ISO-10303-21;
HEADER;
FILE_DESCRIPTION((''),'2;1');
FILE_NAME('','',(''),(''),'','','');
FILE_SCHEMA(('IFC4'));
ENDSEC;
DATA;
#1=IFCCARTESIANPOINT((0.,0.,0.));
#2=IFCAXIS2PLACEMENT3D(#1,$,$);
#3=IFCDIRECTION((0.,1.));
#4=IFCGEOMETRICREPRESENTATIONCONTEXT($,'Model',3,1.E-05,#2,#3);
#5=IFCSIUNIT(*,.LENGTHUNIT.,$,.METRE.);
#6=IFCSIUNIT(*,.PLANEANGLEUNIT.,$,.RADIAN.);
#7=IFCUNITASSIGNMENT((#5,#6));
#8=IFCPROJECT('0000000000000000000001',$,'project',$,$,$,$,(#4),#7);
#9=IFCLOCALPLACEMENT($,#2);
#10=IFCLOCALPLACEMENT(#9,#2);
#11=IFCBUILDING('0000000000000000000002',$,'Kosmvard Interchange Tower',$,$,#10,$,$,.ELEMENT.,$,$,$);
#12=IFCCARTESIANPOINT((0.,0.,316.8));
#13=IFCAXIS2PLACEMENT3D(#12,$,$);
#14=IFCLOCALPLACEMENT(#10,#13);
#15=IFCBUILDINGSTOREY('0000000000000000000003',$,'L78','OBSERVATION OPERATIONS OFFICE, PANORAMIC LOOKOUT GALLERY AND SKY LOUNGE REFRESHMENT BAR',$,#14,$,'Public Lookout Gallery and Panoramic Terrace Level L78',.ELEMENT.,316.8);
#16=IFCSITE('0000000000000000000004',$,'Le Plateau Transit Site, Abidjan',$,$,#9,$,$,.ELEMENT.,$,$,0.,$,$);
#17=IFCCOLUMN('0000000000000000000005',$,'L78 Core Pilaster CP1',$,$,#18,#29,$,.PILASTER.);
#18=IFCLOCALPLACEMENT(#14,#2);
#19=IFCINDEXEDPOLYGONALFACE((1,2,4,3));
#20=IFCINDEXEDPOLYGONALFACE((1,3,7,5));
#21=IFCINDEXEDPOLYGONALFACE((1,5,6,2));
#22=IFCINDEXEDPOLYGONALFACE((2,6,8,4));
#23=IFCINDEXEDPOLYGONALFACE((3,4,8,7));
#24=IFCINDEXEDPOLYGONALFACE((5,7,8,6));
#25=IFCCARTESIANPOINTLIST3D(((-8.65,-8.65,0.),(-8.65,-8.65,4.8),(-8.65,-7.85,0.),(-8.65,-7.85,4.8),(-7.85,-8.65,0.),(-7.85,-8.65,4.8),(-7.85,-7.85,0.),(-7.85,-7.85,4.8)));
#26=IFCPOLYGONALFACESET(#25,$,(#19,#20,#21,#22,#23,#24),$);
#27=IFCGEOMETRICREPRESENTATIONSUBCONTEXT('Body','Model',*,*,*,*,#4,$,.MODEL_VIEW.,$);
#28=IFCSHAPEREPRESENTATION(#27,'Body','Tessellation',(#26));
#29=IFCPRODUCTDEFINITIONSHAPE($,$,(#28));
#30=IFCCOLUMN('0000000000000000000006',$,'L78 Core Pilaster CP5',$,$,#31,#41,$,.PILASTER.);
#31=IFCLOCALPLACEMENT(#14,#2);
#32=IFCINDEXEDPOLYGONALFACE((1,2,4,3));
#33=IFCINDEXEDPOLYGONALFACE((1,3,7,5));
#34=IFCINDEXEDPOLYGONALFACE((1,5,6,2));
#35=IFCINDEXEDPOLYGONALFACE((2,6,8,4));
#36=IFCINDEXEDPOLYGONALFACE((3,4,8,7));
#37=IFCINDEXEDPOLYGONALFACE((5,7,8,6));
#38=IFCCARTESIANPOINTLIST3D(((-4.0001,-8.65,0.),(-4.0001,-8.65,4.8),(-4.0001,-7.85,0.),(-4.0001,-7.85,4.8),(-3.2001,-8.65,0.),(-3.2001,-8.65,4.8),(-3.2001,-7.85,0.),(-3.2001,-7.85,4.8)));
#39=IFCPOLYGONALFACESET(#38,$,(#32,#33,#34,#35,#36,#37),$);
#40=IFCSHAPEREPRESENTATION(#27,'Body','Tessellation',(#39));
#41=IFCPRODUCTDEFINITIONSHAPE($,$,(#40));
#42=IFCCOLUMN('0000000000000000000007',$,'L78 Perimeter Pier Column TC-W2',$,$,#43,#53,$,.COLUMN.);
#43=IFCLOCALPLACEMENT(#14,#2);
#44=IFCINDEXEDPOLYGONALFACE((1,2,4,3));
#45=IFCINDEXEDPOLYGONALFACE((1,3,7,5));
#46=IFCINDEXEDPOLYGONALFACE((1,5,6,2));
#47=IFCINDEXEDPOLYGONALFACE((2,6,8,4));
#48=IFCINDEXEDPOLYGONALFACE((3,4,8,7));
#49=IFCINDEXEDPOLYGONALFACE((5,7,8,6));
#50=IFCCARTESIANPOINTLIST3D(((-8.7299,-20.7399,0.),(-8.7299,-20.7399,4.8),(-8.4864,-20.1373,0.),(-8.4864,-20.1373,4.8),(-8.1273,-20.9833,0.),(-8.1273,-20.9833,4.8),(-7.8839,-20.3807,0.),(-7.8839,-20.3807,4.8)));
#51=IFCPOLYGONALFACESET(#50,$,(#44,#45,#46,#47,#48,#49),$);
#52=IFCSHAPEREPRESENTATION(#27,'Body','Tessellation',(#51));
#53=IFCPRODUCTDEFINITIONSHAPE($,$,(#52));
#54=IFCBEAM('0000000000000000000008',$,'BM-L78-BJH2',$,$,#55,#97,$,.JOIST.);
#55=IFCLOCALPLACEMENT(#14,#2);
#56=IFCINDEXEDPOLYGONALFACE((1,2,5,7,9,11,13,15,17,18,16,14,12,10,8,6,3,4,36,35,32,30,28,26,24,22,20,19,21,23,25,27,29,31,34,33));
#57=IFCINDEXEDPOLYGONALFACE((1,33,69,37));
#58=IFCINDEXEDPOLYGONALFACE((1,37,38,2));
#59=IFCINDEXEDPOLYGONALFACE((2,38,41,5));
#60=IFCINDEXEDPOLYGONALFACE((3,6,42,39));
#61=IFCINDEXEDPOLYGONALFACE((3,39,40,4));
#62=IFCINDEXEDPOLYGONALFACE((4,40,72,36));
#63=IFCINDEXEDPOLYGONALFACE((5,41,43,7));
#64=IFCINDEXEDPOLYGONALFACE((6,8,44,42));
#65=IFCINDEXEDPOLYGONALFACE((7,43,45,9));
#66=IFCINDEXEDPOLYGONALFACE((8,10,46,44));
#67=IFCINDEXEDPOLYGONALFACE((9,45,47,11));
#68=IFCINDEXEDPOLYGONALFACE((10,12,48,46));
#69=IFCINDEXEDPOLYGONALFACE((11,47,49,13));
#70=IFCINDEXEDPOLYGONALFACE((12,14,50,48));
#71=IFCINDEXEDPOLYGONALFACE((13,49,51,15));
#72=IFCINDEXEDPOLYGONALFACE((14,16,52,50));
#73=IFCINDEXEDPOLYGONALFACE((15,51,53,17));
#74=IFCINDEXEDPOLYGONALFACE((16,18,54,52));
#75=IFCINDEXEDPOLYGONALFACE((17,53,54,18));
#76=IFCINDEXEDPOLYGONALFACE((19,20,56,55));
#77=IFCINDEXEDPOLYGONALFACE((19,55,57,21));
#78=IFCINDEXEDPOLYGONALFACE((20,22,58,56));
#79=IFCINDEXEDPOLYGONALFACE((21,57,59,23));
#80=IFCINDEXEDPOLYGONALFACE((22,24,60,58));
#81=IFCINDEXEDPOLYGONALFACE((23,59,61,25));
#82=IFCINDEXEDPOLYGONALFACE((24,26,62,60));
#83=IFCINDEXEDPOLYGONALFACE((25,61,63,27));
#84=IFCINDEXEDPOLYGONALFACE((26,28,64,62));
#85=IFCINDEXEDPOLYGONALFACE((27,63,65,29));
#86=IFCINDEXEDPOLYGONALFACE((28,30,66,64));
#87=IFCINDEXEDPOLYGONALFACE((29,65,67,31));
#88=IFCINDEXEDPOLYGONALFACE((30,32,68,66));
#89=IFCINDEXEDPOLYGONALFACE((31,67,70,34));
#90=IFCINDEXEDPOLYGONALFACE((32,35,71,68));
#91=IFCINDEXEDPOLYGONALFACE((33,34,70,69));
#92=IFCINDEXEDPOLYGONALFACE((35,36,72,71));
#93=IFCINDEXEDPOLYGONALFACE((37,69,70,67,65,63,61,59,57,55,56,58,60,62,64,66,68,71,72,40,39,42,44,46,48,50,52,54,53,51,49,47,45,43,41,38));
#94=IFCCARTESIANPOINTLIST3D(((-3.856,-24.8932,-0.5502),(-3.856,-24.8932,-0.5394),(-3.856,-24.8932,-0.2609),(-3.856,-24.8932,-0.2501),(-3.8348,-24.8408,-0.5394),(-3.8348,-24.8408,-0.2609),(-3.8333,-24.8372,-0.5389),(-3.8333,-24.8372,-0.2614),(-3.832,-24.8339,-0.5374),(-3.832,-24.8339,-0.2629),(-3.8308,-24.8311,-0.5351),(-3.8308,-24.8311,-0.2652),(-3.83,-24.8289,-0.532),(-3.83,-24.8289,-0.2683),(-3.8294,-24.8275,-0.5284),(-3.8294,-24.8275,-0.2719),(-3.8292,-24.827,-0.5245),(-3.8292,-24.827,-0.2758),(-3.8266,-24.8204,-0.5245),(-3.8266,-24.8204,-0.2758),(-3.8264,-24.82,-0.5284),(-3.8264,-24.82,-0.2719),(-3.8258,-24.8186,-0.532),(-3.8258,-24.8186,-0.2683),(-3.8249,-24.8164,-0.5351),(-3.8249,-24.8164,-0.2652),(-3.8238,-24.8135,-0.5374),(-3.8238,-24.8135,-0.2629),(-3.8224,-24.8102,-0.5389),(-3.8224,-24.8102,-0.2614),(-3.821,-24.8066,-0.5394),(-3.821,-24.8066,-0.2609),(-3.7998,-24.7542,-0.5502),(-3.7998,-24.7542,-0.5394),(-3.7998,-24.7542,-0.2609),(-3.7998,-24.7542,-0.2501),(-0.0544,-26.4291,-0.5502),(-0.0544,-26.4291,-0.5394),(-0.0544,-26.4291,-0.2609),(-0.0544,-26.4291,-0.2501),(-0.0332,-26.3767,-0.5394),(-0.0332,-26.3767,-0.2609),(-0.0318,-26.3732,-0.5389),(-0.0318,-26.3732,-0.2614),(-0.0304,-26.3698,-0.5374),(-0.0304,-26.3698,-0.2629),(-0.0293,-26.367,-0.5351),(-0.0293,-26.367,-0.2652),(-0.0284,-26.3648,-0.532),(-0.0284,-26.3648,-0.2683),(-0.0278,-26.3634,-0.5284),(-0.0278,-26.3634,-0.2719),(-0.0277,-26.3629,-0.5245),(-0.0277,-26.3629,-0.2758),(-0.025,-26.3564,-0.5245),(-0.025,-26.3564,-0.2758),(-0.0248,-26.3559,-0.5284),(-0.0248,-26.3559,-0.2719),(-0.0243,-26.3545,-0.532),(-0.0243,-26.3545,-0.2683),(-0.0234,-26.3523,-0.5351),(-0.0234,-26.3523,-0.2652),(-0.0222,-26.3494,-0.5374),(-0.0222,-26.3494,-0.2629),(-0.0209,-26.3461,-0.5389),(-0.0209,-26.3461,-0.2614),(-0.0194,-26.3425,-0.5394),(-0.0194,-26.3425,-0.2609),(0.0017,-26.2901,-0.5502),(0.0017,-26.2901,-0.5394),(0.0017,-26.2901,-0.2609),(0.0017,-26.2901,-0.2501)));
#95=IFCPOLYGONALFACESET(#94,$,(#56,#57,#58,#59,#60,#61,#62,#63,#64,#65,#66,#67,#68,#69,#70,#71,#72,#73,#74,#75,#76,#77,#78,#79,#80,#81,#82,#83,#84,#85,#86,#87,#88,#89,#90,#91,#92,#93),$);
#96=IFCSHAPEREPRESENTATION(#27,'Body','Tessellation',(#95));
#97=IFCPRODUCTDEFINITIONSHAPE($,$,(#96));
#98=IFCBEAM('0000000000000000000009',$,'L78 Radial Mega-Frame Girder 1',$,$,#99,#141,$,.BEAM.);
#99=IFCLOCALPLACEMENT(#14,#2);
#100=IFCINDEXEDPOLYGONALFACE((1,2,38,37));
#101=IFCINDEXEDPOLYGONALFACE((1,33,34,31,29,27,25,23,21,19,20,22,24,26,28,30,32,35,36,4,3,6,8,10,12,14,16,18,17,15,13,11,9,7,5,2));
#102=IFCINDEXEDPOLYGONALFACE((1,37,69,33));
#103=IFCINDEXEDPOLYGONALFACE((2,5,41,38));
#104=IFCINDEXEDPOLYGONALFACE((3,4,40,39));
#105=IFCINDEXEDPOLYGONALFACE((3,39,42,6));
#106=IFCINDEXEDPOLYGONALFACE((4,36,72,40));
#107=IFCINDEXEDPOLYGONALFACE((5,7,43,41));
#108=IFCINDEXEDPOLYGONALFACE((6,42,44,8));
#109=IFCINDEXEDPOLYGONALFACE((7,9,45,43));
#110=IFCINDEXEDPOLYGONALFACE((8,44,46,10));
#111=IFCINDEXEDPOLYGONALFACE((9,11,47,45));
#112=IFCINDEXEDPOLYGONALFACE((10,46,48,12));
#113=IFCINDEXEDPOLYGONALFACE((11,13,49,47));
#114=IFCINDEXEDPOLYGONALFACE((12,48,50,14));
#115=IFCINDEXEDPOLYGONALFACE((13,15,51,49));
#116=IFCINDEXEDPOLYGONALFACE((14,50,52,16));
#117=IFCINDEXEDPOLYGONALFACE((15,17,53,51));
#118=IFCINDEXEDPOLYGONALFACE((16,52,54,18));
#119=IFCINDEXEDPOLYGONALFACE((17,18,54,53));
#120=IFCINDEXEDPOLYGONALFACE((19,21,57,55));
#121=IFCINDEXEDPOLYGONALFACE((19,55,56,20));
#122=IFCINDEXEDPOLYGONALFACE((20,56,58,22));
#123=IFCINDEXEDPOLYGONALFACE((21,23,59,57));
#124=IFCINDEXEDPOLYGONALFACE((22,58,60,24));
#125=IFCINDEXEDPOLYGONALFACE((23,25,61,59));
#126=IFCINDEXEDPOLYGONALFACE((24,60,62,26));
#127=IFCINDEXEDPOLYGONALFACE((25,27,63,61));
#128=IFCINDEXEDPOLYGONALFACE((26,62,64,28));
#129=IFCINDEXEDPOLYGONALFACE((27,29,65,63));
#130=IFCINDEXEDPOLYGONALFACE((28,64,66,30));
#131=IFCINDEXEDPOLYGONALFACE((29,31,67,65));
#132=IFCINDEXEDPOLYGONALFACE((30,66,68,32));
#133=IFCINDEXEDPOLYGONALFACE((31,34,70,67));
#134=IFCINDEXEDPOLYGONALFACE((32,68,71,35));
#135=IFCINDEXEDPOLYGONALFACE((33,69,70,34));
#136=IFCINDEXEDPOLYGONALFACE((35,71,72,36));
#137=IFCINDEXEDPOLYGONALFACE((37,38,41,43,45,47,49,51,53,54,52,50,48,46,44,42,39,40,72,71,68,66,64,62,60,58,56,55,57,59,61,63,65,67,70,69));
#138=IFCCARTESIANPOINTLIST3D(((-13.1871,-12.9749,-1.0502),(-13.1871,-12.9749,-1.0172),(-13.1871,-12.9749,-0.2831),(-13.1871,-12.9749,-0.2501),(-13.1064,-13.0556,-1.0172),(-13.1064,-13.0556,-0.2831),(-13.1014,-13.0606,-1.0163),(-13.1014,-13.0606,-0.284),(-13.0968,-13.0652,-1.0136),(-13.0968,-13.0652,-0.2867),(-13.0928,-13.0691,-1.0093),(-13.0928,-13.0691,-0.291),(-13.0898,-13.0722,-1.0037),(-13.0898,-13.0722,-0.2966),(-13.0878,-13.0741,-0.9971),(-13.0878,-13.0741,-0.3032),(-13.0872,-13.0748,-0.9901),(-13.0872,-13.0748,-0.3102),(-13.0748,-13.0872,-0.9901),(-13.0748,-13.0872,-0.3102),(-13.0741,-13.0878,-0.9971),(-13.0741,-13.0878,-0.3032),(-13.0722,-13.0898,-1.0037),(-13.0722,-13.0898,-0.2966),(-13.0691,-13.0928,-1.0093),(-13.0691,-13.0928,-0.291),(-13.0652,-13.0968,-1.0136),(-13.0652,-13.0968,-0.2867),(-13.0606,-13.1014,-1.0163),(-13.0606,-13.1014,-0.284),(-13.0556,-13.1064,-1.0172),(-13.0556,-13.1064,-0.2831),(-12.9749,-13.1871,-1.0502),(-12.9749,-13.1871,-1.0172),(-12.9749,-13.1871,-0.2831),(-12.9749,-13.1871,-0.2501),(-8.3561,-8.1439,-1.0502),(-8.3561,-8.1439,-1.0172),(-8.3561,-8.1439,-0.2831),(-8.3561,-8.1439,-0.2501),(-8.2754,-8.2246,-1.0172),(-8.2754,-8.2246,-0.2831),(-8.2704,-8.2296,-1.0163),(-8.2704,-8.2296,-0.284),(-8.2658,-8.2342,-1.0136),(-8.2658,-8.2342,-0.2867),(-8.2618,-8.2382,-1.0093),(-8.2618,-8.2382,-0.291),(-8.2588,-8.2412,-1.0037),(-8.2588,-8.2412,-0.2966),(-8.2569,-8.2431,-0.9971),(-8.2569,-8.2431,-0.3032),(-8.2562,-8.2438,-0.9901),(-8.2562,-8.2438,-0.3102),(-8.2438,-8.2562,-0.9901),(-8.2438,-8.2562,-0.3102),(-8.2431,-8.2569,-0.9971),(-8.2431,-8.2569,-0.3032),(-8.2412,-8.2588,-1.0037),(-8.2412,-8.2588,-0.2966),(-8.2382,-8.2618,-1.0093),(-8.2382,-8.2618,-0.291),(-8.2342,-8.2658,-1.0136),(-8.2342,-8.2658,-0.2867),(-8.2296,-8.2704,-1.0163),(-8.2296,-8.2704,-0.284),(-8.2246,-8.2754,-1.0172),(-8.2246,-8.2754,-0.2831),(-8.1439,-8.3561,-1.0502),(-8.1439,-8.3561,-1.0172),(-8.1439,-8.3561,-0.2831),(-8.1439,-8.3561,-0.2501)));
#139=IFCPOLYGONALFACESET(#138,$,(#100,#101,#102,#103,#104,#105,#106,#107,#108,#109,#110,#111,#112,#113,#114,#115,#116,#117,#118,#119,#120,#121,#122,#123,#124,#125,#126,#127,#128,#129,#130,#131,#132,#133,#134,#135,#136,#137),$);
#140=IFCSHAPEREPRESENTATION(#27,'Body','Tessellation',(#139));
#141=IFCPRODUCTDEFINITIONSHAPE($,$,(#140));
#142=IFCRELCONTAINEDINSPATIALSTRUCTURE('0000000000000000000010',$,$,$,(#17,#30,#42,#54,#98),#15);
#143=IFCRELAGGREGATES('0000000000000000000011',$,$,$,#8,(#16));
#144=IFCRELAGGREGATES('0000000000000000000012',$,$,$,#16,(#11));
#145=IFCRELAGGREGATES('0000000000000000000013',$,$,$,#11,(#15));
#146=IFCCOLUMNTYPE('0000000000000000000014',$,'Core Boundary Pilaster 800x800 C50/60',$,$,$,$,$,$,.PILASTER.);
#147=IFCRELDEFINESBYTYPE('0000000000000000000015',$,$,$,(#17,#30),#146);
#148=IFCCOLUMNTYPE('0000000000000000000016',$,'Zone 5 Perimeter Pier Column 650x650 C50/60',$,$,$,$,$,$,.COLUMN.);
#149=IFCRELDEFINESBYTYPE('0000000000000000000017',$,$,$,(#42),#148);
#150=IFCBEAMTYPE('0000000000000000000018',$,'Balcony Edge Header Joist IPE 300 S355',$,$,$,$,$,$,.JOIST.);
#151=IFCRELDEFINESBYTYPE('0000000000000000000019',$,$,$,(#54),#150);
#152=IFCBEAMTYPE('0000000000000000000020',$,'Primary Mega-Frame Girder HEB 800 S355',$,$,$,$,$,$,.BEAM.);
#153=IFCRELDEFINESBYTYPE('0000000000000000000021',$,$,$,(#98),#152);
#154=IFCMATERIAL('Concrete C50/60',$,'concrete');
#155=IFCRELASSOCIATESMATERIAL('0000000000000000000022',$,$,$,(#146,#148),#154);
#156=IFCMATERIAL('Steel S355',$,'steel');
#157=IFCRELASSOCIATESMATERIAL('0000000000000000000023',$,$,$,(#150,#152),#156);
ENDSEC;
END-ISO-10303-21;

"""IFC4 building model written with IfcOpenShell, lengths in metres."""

from ifc_helpers import new_model, si_unit, direction, frame, origin, origin_2d, place, context, subcontext, project, spatial, rectangle, i_section, extrude, source, transform, mapped, material, material_profile, profile_set, type_object, element, save


model = new_model("IFC4")

# Units and contexts
model_context = context("Model", 3, precision=1e-05, world=origin(), true_north=direction((0.0, 1.0)))
body_context = subcontext(model_context, "Body", "Model", "MODEL_VIEW")
ifc_project = project(units=[si_unit("LENGTHUNIT", "METRE"), si_unit("PLANEANGLEUNIT", "RADIAN")], contexts=[model_context])

# Site, building, storey
site_placement = place(None, origin())
site = spatial("IfcSite", under=ifc_project, at=site_placement, Name="Le Plateau Transit Site, Abidjan", CompositionType="ELEMENT", RefElevation=0.0)
building_placement = place(site_placement, origin())
building = spatial("IfcBuilding", under=site, at=building_placement, Name="Kosmvard Interchange Tower", CompositionType="ELEMENT")
storey_placement = place(building_placement, frame((0.0, 0.0, 316.8)))
storey = spatial("IfcBuildingStorey", under=building, at=storey_placement, Name="L78", Description="OBSERVATION OPERATIONS OFFICE, PANORAMIC LOOKOUT GALLERY AND SKY LOUNGE REFRESHMENT BAR", LongName="Public Lookout Gallery and Panoramic Terrace Level L78", CompositionType="ELEMENT", Elevation=316.8)

# Columns
ifc_material_1 = material(Name="Concrete C50/60", Category="concrete")
ifc_material_profile_1 = material_profile(ifc_material_1, rectangle(XDim=0.8, YDim=0.8, at=origin_2d()), Name="CP 800x800")
ifc_profile_set_1 = profile_set([ifc_material_profile_1], Name="Concrete C50/60")
column_type_1 = type_object("IfcColumnType", Name="Core Boundary Pilaster 800x800 C50/60", PredefinedType="PILASTER", material=ifc_profile_set_1)
shared_shape_1 = source(origin(), body_context, "Body", "SweptSolid", [
    extrude(rectangle(XDim=0.8, YDim=0.8, at=origin_2d()), origin(), (0.0, 0.0, 1.0), 4.8),
])
for number, where, z_axis, x_axis, name in (
    (1, (-8.25, -8.25, 0.0), (0.0, 0.0, 1.0), (1.0, 0.0, 0.0), "L78 Core Pilaster CP1"),
    (2, (-3.6001, -8.25, 0.0), (0.0, 0.0, 1.0), (1.0, 0.0, 0.0), "L78 Core Pilaster CP5"),
):
    element("IfcColumn", number, at=place(storey_placement, frame(where, z_axis=z_axis, x_axis=x_axis)), inside=storey, type_object=column_type_1, Name=name, PredefinedType="PILASTER", context=body_context, shape_type="MappedRepresentation", body=[
        mapped(shared_shape_1, transform((0.0, 0.0, 0.0), scale=1.0)),
    ])
ifc_material_profile_2 = material_profile(ifc_material_1, rectangle(XDim=0.6499, YDim=0.6499, at=origin_2d()), Name="TC 650x650")
ifc_profile_set_2 = profile_set([ifc_material_profile_2], Name="Concrete C50/60")
column_type_2 = type_object("IfcColumnType", Name="Zone 5 Perimeter Pier Column 650x650 C50/60", PredefinedType="COLUMN", material=ifc_profile_set_2)
shared_shape_2 = source(origin(), body_context, "Body", "SweptSolid", [
    extrude(rectangle(XDim=0.6499, YDim=0.6499, at=origin_2d()), origin(), (0.0, 0.0, 1.0), 4.8),
])
column_placement = place(storey_placement, frame((-8.3069, -20.5603, 0.0), z_axis=(0.0, 0.0, 1.0), x_axis=(0.374607, 0.927184, 0.0)))
element("IfcColumn", 3, at=column_placement, inside=storey, type_object=column_type_2, Name="L78 Perimeter Pier Column TC-W2", PredefinedType="COLUMN", context=body_context, shape_type="MappedRepresentation", body=[
    mapped(shared_shape_2, transform((0.0, 0.0, 0.0), scale=1.0)),
])

# Beams
ifc_material_2 = material(Name="Steel S355", Category="steel")
ifc_material_profile_3 = material_profile(ifc_material_2, i_section(OverallWidth=0.1499, OverallDepth=0.3, WebThickness=0.0071, FlangeThickness=0.0107, FilletRadius=0.0149, at=origin_2d()), Name="IPE 300")
ifc_profile_set_3 = profile_set([ifc_material_profile_3], Name="Steel S355")
beam_type_1 = type_object("IfcBeamType", Name="Balcony Edge Header Joist IPE 300 S355", PredefinedType="JOIST", material=ifc_profile_set_3)
shared_shape_3 = source(origin(), body_context, "Body", "SweptSolid", [
    extrude(i_section(OverallWidth=0.1499, OverallDepth=0.3, WebThickness=0.0071, FlangeThickness=0.0107, FilletRadius=0.0149, at=origin_2d()), origin(), (0.0, 0.0, 1.0), 4.1001),
])
beam_1_placement = place(storey_placement, frame((-3.8279, -24.8237, -0.4001), z_axis=(0.927186, -0.374602, 0.0), x_axis=(0.374602, 0.927186, 0.0)))
element("IfcBeam", 4, at=beam_1_placement, inside=storey, type_object=beam_type_1, Name="BM-L78-BJH2", PredefinedType="JOIST", context=body_context, shape_type="MappedRepresentation", body=[
    mapped(shared_shape_3, transform((0.0, 0.0, 0.0), scale=1.0)),
])
ifc_material_profile_4 = material_profile(ifc_material_2, i_section(OverallWidth=0.3, OverallDepth=0.8, WebThickness=0.0176, FlangeThickness=0.033, FilletRadius=0.0271, at=origin_2d()), Name="HEB 800")
ifc_profile_set_4 = profile_set([ifc_material_profile_4], Name="Steel S355")
beam_type_2 = type_object("IfcBeamType", Name="Primary Mega-Frame Girder HEB 800 S355", PredefinedType="BEAM", material=ifc_profile_set_4)
shared_shape_4 = source(origin(), body_context, "Body", "SweptSolid", [
    extrude(i_section(OverallWidth=0.3, OverallDepth=0.8, WebThickness=0.0176, FlangeThickness=0.033, FilletRadius=0.0271, at=origin_2d()), origin(), (0.0, 0.0, 1.0), 6.832),
])
beam_2_placement = place(storey_placement, frame((-8.25, -8.25, -0.6501), z_axis=(-0.707107, -0.707107, 0.0), x_axis=(0.707107, -0.707107, 0.0)))
element("IfcBeam", 5, at=beam_2_placement, inside=storey, type_object=beam_type_2, Name="L78 Radial Mega-Frame Girder 1", PredefinedType="BEAM", context=body_context, shape_type="MappedRepresentation", body=[
    mapped(shared_shape_4, transform((0.0, 0.0, 0.0), scale=1.0)),
])

save(model, "model.ifc")
